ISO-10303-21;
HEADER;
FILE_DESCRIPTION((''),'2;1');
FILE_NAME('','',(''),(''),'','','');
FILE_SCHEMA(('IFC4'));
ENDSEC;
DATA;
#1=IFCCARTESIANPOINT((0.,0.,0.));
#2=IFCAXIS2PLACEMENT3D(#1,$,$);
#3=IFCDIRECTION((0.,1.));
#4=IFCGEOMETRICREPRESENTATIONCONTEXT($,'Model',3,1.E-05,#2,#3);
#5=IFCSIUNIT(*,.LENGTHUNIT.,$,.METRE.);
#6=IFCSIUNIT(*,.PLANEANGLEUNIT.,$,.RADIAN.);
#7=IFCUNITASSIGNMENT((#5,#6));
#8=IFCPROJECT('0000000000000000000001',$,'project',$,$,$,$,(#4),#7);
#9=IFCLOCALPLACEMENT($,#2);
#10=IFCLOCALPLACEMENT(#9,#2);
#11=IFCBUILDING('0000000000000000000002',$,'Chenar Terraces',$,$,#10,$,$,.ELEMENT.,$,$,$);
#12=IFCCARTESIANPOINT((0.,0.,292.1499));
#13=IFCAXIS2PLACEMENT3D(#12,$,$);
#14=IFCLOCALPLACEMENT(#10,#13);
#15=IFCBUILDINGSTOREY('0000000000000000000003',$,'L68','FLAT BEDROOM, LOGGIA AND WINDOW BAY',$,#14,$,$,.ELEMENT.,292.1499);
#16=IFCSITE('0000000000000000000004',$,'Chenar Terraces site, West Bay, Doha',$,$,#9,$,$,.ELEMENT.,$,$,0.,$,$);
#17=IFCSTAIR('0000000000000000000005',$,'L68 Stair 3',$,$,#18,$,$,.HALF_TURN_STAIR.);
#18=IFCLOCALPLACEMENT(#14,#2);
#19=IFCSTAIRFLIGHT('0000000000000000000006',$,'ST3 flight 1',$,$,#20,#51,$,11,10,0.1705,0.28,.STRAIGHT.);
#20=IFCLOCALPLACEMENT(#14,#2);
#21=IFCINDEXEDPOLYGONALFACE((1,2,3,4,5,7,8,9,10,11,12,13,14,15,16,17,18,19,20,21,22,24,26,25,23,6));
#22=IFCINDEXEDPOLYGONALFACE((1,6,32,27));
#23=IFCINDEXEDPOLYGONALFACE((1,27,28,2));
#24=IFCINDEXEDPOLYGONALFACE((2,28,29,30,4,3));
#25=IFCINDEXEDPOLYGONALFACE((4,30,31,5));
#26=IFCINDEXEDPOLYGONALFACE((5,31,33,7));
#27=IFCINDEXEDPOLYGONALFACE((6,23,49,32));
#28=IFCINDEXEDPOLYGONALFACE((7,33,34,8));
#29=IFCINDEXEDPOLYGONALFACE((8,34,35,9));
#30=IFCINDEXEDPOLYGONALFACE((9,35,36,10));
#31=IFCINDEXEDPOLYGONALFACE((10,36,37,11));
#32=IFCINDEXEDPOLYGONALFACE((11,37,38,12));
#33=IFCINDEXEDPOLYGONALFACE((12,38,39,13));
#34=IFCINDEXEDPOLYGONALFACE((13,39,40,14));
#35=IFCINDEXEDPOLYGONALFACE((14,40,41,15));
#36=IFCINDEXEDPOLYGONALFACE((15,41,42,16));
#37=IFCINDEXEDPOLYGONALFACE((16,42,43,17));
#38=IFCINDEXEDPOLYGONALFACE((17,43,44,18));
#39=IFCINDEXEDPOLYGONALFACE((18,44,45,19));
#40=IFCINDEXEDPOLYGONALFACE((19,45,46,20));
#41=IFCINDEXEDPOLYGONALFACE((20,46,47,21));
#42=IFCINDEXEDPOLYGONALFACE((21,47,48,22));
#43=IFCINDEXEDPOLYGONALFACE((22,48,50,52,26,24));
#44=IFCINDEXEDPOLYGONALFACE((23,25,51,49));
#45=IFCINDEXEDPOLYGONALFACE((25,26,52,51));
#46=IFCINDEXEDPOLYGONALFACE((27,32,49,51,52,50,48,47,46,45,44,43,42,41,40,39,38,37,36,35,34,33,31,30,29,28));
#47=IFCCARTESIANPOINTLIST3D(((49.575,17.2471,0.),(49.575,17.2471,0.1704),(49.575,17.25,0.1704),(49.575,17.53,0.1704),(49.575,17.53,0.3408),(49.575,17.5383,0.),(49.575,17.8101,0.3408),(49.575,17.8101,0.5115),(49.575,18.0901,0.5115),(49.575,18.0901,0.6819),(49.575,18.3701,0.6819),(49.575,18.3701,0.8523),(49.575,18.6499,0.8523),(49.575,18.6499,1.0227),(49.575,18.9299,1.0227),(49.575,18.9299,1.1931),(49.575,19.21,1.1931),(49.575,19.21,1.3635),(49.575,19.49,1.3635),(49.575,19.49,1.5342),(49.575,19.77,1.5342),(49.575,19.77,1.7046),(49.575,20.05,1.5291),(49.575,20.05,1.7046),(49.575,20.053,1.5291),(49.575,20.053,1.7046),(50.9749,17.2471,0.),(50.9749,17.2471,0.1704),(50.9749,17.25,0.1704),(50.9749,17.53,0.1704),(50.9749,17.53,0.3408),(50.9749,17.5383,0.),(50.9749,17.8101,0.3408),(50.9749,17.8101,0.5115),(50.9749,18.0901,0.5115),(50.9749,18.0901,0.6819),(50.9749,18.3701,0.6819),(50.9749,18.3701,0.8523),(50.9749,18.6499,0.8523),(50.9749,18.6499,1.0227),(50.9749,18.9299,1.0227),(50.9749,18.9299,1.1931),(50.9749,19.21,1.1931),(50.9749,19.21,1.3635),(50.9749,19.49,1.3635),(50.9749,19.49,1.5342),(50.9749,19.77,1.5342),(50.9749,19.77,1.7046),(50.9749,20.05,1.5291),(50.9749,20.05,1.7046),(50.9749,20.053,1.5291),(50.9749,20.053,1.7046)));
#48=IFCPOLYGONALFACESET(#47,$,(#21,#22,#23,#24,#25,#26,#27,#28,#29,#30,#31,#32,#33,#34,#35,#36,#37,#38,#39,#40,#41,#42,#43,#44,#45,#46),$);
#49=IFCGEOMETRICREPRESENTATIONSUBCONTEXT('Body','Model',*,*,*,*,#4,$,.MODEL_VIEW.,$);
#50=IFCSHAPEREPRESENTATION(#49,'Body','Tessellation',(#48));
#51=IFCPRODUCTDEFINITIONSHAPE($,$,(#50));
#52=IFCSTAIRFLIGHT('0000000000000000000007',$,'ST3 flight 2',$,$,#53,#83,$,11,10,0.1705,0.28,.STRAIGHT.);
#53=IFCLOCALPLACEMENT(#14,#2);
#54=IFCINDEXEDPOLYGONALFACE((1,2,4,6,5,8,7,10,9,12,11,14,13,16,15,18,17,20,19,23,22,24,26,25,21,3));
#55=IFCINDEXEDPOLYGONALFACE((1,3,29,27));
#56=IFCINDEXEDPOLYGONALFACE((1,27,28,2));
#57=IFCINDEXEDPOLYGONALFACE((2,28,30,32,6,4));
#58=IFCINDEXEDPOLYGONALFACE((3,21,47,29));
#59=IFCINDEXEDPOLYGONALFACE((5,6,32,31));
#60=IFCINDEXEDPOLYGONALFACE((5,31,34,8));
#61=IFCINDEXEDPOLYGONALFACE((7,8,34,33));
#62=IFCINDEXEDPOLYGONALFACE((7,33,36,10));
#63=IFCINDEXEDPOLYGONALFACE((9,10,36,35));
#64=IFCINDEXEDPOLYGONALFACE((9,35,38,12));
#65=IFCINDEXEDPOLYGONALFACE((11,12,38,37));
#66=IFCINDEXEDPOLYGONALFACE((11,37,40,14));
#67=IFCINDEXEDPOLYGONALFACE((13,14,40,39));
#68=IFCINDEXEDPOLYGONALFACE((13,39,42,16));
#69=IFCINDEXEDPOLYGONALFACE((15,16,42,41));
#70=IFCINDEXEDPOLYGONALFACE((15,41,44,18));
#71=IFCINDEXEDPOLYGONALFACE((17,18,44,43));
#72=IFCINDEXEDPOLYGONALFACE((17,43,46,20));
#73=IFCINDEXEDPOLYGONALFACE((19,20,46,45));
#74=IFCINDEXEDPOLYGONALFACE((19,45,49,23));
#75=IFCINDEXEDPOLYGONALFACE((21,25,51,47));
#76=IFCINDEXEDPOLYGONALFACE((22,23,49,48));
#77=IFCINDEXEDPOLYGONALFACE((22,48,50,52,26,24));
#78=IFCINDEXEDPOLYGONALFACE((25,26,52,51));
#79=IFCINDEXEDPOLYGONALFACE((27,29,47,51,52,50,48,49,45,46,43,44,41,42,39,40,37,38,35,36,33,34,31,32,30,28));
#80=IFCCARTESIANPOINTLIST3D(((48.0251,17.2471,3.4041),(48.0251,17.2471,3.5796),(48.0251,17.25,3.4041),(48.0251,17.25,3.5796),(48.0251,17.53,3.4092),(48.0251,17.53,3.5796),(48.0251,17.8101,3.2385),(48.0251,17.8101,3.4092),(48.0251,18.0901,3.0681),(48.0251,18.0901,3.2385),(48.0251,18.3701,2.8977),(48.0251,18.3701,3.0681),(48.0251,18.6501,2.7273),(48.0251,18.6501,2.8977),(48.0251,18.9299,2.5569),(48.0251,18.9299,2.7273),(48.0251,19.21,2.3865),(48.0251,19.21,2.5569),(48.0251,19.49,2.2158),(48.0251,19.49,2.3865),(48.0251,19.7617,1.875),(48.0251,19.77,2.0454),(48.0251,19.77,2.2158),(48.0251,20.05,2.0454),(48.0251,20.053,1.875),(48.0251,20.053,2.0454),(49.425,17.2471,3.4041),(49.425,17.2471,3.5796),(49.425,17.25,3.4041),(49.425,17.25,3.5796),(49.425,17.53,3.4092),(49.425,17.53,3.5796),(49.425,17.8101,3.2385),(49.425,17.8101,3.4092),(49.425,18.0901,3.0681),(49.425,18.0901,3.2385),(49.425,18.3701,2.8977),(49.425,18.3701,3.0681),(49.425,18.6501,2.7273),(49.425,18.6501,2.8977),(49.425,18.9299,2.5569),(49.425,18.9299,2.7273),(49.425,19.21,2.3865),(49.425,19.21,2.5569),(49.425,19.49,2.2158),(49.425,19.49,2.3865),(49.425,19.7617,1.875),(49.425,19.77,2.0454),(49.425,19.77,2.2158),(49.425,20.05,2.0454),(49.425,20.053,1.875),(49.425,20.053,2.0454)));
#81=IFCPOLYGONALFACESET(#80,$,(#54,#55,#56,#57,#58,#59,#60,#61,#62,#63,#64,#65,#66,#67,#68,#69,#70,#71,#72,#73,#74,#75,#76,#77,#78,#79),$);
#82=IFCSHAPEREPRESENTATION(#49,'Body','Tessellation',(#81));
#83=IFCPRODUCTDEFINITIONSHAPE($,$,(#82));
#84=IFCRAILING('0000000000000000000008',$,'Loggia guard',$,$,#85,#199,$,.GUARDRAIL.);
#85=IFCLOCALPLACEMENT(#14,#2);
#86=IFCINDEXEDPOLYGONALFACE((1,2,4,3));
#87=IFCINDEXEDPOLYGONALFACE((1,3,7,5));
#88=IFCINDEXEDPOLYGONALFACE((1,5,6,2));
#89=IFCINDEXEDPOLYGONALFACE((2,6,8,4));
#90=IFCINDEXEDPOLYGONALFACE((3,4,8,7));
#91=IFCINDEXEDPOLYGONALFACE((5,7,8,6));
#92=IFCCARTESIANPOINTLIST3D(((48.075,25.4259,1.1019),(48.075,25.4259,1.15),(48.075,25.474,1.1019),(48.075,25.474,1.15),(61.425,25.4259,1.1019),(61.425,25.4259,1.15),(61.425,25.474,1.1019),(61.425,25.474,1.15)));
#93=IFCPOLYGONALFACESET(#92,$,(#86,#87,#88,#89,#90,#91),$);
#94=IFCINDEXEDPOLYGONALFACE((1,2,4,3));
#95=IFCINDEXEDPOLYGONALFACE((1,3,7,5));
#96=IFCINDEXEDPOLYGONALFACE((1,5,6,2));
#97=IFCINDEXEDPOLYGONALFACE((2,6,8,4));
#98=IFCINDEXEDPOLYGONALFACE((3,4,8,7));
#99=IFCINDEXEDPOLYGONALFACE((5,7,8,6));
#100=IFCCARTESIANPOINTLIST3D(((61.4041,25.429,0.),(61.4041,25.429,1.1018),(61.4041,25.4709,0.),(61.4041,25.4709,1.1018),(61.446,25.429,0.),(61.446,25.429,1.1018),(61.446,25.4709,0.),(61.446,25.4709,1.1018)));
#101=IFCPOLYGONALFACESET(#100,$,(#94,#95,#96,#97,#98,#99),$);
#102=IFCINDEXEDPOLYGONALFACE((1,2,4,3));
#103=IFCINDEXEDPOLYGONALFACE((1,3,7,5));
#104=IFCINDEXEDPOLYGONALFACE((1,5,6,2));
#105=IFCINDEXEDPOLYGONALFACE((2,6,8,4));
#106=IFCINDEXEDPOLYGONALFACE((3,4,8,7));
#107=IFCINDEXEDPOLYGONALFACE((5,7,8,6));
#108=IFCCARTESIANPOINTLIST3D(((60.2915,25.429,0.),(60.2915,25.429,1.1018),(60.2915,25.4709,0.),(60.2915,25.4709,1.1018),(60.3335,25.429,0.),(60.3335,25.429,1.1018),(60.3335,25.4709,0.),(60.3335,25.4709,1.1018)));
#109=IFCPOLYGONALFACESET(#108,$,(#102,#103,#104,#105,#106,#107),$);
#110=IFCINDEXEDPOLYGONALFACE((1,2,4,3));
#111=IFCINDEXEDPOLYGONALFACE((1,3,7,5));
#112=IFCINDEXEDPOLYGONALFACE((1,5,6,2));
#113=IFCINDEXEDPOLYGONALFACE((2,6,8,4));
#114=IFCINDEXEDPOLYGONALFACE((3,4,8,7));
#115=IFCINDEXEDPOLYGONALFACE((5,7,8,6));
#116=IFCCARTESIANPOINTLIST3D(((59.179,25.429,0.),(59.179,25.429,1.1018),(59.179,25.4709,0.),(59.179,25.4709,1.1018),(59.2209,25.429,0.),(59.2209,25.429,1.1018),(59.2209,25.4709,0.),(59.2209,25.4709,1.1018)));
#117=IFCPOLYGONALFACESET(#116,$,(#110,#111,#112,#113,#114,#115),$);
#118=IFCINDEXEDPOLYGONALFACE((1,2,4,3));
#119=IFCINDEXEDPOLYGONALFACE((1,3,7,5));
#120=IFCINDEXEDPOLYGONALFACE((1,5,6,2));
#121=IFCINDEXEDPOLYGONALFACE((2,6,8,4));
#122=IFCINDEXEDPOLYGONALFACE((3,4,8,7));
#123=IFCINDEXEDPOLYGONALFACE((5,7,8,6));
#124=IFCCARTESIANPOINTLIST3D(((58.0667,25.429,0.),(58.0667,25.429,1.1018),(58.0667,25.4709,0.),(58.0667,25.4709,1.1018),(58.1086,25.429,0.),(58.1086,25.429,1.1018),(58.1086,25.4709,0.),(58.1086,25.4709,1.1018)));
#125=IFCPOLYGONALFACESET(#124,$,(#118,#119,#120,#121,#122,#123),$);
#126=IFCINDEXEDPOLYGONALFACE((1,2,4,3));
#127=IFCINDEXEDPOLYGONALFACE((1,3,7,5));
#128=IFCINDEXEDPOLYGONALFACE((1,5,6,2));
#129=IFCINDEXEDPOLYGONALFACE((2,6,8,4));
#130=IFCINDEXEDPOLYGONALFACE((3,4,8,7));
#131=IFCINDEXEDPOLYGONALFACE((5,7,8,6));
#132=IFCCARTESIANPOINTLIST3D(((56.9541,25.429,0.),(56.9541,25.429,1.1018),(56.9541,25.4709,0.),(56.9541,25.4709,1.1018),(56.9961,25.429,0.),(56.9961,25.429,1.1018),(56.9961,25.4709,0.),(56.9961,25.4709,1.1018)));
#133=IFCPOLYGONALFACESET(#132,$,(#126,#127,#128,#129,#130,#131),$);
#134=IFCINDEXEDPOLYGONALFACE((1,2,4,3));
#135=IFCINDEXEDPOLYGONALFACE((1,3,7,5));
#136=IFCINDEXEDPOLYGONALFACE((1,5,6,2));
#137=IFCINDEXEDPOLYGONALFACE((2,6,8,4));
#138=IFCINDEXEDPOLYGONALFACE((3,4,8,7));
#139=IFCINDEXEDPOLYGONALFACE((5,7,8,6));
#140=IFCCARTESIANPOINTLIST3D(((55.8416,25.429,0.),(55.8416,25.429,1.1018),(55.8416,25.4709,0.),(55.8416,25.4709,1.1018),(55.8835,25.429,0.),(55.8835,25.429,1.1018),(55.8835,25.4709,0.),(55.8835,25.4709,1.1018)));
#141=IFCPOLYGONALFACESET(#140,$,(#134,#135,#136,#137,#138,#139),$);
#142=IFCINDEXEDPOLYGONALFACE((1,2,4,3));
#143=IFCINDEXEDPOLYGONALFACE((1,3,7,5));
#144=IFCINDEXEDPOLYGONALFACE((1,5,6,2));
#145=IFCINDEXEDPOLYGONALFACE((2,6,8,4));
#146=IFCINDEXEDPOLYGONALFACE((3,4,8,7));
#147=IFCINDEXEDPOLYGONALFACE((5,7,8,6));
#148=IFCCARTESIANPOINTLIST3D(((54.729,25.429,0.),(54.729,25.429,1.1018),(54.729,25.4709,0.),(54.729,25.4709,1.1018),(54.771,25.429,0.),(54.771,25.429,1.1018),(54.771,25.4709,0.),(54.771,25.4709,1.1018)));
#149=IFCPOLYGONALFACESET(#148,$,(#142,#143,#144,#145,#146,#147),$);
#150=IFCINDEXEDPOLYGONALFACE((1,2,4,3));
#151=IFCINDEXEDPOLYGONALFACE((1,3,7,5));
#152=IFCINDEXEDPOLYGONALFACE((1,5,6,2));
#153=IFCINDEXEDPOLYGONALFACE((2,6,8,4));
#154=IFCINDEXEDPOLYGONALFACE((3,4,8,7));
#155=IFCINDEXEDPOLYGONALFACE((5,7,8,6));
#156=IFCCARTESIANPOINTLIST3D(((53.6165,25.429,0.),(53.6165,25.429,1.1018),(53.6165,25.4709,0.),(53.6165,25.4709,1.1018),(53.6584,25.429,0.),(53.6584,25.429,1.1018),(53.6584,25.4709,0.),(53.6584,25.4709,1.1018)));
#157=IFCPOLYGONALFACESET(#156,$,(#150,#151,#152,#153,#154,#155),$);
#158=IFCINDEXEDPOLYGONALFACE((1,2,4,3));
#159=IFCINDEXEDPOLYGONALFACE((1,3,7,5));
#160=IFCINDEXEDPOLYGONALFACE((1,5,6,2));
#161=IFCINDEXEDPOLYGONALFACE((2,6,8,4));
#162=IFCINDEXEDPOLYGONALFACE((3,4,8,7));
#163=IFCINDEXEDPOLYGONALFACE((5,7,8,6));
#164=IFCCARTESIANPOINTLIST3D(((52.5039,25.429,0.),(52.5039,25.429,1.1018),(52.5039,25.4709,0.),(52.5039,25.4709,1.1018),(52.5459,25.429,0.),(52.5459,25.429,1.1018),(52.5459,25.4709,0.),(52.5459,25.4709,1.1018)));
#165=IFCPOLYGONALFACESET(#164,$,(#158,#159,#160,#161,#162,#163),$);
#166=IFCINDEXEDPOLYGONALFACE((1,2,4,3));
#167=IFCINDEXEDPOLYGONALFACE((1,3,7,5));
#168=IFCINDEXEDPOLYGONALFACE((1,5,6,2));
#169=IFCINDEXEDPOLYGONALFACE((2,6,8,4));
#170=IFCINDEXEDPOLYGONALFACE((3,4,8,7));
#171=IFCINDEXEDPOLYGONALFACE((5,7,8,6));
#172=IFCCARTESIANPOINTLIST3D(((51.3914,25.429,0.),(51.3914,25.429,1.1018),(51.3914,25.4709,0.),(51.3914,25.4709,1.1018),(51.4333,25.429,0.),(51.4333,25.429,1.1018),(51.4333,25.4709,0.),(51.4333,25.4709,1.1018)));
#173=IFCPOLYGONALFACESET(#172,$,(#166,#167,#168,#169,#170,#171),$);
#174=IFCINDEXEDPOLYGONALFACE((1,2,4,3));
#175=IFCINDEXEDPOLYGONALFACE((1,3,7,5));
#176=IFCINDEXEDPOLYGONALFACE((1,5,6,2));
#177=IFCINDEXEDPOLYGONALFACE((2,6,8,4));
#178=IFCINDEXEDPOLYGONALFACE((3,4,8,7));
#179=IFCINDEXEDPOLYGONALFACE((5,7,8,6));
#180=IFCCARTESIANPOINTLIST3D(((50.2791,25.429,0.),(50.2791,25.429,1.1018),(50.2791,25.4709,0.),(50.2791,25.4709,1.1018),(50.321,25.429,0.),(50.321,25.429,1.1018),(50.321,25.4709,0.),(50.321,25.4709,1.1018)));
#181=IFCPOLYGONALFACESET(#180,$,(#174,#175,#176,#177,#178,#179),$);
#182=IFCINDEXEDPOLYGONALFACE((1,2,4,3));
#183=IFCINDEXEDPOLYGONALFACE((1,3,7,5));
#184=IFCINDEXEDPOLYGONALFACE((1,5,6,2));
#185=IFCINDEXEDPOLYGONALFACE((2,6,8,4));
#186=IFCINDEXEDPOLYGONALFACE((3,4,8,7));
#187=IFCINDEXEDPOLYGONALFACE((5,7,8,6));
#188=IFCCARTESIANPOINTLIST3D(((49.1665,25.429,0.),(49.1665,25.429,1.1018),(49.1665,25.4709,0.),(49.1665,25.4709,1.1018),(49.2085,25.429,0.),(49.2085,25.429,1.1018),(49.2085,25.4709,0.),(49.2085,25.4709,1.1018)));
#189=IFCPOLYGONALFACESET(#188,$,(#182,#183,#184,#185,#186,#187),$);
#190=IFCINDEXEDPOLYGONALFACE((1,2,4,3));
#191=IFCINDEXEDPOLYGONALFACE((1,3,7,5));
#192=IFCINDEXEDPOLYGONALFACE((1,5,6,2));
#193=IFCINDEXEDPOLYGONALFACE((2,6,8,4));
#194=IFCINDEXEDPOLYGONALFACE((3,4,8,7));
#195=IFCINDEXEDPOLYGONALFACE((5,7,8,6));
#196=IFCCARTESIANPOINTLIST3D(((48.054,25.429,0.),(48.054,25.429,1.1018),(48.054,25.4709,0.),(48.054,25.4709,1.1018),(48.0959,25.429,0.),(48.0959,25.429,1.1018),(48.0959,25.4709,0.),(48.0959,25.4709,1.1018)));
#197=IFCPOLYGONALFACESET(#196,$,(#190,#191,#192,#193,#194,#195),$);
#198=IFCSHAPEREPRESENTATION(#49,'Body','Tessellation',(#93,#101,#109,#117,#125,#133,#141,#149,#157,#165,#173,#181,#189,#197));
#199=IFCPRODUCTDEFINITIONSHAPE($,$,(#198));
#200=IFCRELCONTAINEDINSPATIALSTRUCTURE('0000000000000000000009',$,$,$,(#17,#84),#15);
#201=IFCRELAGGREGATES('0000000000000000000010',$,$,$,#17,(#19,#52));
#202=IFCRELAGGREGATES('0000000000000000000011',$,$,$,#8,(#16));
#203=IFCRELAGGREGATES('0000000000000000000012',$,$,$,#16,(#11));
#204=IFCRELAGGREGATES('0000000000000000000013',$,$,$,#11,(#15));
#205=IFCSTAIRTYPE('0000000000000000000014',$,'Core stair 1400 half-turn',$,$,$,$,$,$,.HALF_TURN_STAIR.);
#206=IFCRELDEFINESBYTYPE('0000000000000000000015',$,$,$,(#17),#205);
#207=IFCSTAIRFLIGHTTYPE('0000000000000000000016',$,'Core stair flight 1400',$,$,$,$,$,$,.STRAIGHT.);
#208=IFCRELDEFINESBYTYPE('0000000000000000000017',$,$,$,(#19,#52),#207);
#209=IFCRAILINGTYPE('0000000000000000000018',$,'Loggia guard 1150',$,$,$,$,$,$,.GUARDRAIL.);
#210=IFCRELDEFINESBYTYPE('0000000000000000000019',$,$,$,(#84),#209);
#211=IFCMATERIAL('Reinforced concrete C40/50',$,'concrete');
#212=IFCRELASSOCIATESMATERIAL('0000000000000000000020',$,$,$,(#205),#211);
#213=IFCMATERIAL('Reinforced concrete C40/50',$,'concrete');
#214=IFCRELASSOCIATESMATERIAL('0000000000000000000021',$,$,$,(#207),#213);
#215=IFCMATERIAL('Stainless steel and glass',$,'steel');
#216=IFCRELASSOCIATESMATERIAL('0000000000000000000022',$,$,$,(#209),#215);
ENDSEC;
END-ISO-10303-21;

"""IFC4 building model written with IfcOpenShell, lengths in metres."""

from ifc_helpers import new_model, si_unit, direction, frame, origin, origin_2d, place, context, subcontext, project, spatial, polyline, rectangle, outline, extrude, material, type_object, element, aggregate, save


model = new_model("IFC4")

# Units and contexts
model_context = context("Model", 3, precision=1e-05, world=origin(), true_north=direction((0.0, 1.0)))
body_context = subcontext(model_context, "Body", "Model", "MODEL_VIEW")
ifc_project = project(units=[si_unit("LENGTHUNIT", "METRE"), si_unit("PLANEANGLEUNIT", "RADIAN")], contexts=[model_context])

# Site, building, storey
site_placement = place(None, origin())
site = spatial("IfcSite", under=ifc_project, at=site_placement, Name="Chenar Terraces site, West Bay, Doha", CompositionType="ELEMENT", RefElevation=0.0)
building_placement = place(site_placement, origin())
building = spatial("IfcBuilding", under=site, at=building_placement, Name="Chenar Terraces", CompositionType="ELEMENT")
storey_placement = place(building_placement, frame((0.0, 0.0, 292.1499)))
storey = spatial("IfcBuildingStorey", under=building, at=storey_placement, Name="L68", Description="FLAT BEDROOM, LOGGIA AND WINDOW BAY", CompositionType="ELEMENT", Elevation=292.1499)

# Stair, stair flights
ifc_material_1 = material(Name="Reinforced concrete C40/50", Category="concrete")
stair_type = type_object("IfcStairType", Name="Core stair 1400 half-turn", PredefinedType="HALF_TURN_STAIR", material=ifc_material_1)
stair_placement = place(storey_placement, origin())
stair = element("IfcStair", 1, at=stair_placement, inside=storey, type_object=stair_type, Name="L68 Stair 3", PredefinedType="HALF_TURN_STAIR")
ifc_material_2 = material(Name="Reinforced concrete C40/50", Category="concrete")
stair_flight_type = type_object("IfcStairFlightType", Name="Core stair flight 1400", PredefinedType="STRAIGHT", material=ifc_material_2)
stair_flight_1_placement = place(storey_placement, frame((50.2749, 17.25, 0.0), z_axis=(0.0, 0.0, 1.0), x_axis=(0.0, 1.0, 0.0)))
stair_flight_1 = element("IfcStairFlight", 2, at=stair_flight_1_placement, type_object=stair_flight_type, Name="ST3 flight 1", NumberOfRisers=11, NumberOfTreads=10, PredefinedType="STRAIGHT", RiserHeight=0.1705, TreadLength=0.28, context=body_context, shape_type="SweptSolid", body=[
    extrude(outline(polyline([(-0.0029, 0.0), (-0.0029, 0.1704), (0.0, 0.1704), (0.28, 0.1704), (0.28, 0.3408), (0.5601, 0.3408), (0.5601, 0.5115), (0.8401, 0.5115), (0.8401, 0.6819), (1.1201, 0.6819), (1.1201, 0.8523), (1.3999, 0.8523), (1.3999, 1.0227), (1.6799, 1.0227), (1.6799, 1.1931), (1.96, 1.1931), (1.96, 1.3635), (2.24, 1.3635), (2.24, 1.5342), (2.52, 1.5342), (2.52, 1.7046), (2.8, 1.7046), (2.803, 1.7046), (2.803, 1.5291), (2.8, 1.5291), (0.2883, 0.0), (-0.0029, 0.0)])), frame((0.0, 0.7, 0.0), z_axis=(0.0, -1.0, 0.0), x_axis=(1.0, 0.0, 0.0)), (0.0, 0.0, 1.0), 1.3999),
])
stair_flight_2_placement = place(storey_placement, frame((48.7251, 20.05, 1.875), z_axis=(0.0, 0.0, 1.0), x_axis=(0.0, -1.0, 0.0)))
stair_flight_2 = element("IfcStairFlight", 3, at=stair_flight_2_placement, type_object=stair_flight_type, Name="ST3 flight 2", NumberOfRisers=11, NumberOfTreads=10, PredefinedType="STRAIGHT", RiserHeight=0.1705, TreadLength=0.28, context=body_context, shape_type="SweptSolid", body=[
    extrude(outline(polyline([(-0.0029, 0.0), (-0.0029, 0.1704), (0.0, 0.1704), (0.28, 0.1704), (0.28, 0.3408), (0.5601, 0.3408), (0.5601, 0.5115), (0.8401, 0.5115), (0.8401, 0.6819), (1.1201, 0.6819), (1.1201, 0.8523), (1.3999, 0.8523), (1.3999, 1.0227), (1.6799, 1.0227), (1.6799, 1.1931), (1.96, 1.1931), (1.96, 1.3635), (2.24, 1.3635), (2.24, 1.5342), (2.52, 1.5342), (2.52, 1.7046), (2.8, 1.7046), (2.803, 1.7046), (2.803, 1.5291), (2.8, 1.5291), (0.2883, 0.0), (-0.0029, 0.0)])), frame((0.0, 0.7, 0.0), z_axis=(0.0, -1.0, 0.0), x_axis=(1.0, 0.0, 0.0)), (0.0, 0.0, 1.0), 1.3999),
])
aggregate(stair, [stair_flight_1, stair_flight_2])

# Railing
ifc_material_3 = material(Name="Stainless steel and glass", Category="steel")
railing_type_1 = type_object("IfcRailingType", Name="Loggia guard 1150", PredefinedType="GUARDRAIL", material=ifc_material_3)
railing_1_placement = place(storey_placement, frame((61.425, 25.45, 0.0)))
element("IfcRailing", 4, at=railing_1_placement, inside=storey, type_object=railing_type_1, Name="Loggia guard", PredefinedType="GUARDRAIL", context=body_context, shape_type="SweptSolid", body=[
    extrude(rectangle(XDim=0.0481, YDim=0.0481, at=origin_2d()), frame((0.0, 0.0, 1.126), z_axis=(-1.0, 0.0, 0.0), x_axis=(0.0, -1.0, 0.0)), (0.0, 0.0, 1.0), 13.3501),
    extrude(rectangle(XDim=0.042, YDim=0.042, at=origin_2d()), origin(), (0.0, 0.0, 1.0), 1.1018),
    extrude(rectangle(XDim=0.042, YDim=0.042, at=origin_2d()), frame((-1.1125, 0.0, 0.0)), (0.0, 0.0, 1.0), 1.1018),
    extrude(rectangle(XDim=0.042, YDim=0.042, at=origin_2d()), frame((-2.2251, 0.0, 0.0)), (0.0, 0.0, 1.0), 1.1018),
    extrude(rectangle(XDim=0.042, YDim=0.042, at=origin_2d()), frame((-3.3374, 0.0, 0.0)), (0.0, 0.0, 1.0), 1.1018),
    extrude(rectangle(XDim=0.042, YDim=0.042, at=origin_2d()), frame((-4.45, 0.0, 0.0)), (0.0, 0.0, 1.0), 1.1018),
    extrude(rectangle(XDim=0.042, YDim=0.042, at=origin_2d()), frame((-5.5625, 0.0, 0.0)), (0.0, 0.0, 1.0), 1.1018),
    extrude(rectangle(XDim=0.042, YDim=0.042, at=origin_2d()), frame((-6.675, 0.0, 0.0)), (0.0, 0.0, 1.0), 1.1018),
    extrude(rectangle(XDim=0.042, YDim=0.042, at=origin_2d()), frame((-7.7876, 0.0, 0.0)), (0.0, 0.0, 1.0), 1.1018),
    extrude(rectangle(XDim=0.042, YDim=0.042, at=origin_2d()), frame((-8.9001, 0.0, 0.0)), (0.0, 0.0, 1.0), 1.1018),
    extrude(rectangle(XDim=0.042, YDim=0.042, at=origin_2d()), frame((-10.0127, 0.0, 0.0)), (0.0, 0.0, 1.0), 1.1018),
    extrude(rectangle(XDim=0.042, YDim=0.042, at=origin_2d()), frame((-11.125, 0.0, 0.0)), (0.0, 0.0, 1.0), 1.1018),
    extrude(rectangle(XDim=0.042, YDim=0.042, at=origin_2d()), frame((-12.2375, 0.0, 0.0)), (0.0, 0.0, 1.0), 1.1018),
    extrude(rectangle(XDim=0.042, YDim=0.042, at=origin_2d()), frame((-13.3501, 0.0, 0.0)), (0.0, 0.0, 1.0), 1.1018),
])

save(model, "model.ifc")
